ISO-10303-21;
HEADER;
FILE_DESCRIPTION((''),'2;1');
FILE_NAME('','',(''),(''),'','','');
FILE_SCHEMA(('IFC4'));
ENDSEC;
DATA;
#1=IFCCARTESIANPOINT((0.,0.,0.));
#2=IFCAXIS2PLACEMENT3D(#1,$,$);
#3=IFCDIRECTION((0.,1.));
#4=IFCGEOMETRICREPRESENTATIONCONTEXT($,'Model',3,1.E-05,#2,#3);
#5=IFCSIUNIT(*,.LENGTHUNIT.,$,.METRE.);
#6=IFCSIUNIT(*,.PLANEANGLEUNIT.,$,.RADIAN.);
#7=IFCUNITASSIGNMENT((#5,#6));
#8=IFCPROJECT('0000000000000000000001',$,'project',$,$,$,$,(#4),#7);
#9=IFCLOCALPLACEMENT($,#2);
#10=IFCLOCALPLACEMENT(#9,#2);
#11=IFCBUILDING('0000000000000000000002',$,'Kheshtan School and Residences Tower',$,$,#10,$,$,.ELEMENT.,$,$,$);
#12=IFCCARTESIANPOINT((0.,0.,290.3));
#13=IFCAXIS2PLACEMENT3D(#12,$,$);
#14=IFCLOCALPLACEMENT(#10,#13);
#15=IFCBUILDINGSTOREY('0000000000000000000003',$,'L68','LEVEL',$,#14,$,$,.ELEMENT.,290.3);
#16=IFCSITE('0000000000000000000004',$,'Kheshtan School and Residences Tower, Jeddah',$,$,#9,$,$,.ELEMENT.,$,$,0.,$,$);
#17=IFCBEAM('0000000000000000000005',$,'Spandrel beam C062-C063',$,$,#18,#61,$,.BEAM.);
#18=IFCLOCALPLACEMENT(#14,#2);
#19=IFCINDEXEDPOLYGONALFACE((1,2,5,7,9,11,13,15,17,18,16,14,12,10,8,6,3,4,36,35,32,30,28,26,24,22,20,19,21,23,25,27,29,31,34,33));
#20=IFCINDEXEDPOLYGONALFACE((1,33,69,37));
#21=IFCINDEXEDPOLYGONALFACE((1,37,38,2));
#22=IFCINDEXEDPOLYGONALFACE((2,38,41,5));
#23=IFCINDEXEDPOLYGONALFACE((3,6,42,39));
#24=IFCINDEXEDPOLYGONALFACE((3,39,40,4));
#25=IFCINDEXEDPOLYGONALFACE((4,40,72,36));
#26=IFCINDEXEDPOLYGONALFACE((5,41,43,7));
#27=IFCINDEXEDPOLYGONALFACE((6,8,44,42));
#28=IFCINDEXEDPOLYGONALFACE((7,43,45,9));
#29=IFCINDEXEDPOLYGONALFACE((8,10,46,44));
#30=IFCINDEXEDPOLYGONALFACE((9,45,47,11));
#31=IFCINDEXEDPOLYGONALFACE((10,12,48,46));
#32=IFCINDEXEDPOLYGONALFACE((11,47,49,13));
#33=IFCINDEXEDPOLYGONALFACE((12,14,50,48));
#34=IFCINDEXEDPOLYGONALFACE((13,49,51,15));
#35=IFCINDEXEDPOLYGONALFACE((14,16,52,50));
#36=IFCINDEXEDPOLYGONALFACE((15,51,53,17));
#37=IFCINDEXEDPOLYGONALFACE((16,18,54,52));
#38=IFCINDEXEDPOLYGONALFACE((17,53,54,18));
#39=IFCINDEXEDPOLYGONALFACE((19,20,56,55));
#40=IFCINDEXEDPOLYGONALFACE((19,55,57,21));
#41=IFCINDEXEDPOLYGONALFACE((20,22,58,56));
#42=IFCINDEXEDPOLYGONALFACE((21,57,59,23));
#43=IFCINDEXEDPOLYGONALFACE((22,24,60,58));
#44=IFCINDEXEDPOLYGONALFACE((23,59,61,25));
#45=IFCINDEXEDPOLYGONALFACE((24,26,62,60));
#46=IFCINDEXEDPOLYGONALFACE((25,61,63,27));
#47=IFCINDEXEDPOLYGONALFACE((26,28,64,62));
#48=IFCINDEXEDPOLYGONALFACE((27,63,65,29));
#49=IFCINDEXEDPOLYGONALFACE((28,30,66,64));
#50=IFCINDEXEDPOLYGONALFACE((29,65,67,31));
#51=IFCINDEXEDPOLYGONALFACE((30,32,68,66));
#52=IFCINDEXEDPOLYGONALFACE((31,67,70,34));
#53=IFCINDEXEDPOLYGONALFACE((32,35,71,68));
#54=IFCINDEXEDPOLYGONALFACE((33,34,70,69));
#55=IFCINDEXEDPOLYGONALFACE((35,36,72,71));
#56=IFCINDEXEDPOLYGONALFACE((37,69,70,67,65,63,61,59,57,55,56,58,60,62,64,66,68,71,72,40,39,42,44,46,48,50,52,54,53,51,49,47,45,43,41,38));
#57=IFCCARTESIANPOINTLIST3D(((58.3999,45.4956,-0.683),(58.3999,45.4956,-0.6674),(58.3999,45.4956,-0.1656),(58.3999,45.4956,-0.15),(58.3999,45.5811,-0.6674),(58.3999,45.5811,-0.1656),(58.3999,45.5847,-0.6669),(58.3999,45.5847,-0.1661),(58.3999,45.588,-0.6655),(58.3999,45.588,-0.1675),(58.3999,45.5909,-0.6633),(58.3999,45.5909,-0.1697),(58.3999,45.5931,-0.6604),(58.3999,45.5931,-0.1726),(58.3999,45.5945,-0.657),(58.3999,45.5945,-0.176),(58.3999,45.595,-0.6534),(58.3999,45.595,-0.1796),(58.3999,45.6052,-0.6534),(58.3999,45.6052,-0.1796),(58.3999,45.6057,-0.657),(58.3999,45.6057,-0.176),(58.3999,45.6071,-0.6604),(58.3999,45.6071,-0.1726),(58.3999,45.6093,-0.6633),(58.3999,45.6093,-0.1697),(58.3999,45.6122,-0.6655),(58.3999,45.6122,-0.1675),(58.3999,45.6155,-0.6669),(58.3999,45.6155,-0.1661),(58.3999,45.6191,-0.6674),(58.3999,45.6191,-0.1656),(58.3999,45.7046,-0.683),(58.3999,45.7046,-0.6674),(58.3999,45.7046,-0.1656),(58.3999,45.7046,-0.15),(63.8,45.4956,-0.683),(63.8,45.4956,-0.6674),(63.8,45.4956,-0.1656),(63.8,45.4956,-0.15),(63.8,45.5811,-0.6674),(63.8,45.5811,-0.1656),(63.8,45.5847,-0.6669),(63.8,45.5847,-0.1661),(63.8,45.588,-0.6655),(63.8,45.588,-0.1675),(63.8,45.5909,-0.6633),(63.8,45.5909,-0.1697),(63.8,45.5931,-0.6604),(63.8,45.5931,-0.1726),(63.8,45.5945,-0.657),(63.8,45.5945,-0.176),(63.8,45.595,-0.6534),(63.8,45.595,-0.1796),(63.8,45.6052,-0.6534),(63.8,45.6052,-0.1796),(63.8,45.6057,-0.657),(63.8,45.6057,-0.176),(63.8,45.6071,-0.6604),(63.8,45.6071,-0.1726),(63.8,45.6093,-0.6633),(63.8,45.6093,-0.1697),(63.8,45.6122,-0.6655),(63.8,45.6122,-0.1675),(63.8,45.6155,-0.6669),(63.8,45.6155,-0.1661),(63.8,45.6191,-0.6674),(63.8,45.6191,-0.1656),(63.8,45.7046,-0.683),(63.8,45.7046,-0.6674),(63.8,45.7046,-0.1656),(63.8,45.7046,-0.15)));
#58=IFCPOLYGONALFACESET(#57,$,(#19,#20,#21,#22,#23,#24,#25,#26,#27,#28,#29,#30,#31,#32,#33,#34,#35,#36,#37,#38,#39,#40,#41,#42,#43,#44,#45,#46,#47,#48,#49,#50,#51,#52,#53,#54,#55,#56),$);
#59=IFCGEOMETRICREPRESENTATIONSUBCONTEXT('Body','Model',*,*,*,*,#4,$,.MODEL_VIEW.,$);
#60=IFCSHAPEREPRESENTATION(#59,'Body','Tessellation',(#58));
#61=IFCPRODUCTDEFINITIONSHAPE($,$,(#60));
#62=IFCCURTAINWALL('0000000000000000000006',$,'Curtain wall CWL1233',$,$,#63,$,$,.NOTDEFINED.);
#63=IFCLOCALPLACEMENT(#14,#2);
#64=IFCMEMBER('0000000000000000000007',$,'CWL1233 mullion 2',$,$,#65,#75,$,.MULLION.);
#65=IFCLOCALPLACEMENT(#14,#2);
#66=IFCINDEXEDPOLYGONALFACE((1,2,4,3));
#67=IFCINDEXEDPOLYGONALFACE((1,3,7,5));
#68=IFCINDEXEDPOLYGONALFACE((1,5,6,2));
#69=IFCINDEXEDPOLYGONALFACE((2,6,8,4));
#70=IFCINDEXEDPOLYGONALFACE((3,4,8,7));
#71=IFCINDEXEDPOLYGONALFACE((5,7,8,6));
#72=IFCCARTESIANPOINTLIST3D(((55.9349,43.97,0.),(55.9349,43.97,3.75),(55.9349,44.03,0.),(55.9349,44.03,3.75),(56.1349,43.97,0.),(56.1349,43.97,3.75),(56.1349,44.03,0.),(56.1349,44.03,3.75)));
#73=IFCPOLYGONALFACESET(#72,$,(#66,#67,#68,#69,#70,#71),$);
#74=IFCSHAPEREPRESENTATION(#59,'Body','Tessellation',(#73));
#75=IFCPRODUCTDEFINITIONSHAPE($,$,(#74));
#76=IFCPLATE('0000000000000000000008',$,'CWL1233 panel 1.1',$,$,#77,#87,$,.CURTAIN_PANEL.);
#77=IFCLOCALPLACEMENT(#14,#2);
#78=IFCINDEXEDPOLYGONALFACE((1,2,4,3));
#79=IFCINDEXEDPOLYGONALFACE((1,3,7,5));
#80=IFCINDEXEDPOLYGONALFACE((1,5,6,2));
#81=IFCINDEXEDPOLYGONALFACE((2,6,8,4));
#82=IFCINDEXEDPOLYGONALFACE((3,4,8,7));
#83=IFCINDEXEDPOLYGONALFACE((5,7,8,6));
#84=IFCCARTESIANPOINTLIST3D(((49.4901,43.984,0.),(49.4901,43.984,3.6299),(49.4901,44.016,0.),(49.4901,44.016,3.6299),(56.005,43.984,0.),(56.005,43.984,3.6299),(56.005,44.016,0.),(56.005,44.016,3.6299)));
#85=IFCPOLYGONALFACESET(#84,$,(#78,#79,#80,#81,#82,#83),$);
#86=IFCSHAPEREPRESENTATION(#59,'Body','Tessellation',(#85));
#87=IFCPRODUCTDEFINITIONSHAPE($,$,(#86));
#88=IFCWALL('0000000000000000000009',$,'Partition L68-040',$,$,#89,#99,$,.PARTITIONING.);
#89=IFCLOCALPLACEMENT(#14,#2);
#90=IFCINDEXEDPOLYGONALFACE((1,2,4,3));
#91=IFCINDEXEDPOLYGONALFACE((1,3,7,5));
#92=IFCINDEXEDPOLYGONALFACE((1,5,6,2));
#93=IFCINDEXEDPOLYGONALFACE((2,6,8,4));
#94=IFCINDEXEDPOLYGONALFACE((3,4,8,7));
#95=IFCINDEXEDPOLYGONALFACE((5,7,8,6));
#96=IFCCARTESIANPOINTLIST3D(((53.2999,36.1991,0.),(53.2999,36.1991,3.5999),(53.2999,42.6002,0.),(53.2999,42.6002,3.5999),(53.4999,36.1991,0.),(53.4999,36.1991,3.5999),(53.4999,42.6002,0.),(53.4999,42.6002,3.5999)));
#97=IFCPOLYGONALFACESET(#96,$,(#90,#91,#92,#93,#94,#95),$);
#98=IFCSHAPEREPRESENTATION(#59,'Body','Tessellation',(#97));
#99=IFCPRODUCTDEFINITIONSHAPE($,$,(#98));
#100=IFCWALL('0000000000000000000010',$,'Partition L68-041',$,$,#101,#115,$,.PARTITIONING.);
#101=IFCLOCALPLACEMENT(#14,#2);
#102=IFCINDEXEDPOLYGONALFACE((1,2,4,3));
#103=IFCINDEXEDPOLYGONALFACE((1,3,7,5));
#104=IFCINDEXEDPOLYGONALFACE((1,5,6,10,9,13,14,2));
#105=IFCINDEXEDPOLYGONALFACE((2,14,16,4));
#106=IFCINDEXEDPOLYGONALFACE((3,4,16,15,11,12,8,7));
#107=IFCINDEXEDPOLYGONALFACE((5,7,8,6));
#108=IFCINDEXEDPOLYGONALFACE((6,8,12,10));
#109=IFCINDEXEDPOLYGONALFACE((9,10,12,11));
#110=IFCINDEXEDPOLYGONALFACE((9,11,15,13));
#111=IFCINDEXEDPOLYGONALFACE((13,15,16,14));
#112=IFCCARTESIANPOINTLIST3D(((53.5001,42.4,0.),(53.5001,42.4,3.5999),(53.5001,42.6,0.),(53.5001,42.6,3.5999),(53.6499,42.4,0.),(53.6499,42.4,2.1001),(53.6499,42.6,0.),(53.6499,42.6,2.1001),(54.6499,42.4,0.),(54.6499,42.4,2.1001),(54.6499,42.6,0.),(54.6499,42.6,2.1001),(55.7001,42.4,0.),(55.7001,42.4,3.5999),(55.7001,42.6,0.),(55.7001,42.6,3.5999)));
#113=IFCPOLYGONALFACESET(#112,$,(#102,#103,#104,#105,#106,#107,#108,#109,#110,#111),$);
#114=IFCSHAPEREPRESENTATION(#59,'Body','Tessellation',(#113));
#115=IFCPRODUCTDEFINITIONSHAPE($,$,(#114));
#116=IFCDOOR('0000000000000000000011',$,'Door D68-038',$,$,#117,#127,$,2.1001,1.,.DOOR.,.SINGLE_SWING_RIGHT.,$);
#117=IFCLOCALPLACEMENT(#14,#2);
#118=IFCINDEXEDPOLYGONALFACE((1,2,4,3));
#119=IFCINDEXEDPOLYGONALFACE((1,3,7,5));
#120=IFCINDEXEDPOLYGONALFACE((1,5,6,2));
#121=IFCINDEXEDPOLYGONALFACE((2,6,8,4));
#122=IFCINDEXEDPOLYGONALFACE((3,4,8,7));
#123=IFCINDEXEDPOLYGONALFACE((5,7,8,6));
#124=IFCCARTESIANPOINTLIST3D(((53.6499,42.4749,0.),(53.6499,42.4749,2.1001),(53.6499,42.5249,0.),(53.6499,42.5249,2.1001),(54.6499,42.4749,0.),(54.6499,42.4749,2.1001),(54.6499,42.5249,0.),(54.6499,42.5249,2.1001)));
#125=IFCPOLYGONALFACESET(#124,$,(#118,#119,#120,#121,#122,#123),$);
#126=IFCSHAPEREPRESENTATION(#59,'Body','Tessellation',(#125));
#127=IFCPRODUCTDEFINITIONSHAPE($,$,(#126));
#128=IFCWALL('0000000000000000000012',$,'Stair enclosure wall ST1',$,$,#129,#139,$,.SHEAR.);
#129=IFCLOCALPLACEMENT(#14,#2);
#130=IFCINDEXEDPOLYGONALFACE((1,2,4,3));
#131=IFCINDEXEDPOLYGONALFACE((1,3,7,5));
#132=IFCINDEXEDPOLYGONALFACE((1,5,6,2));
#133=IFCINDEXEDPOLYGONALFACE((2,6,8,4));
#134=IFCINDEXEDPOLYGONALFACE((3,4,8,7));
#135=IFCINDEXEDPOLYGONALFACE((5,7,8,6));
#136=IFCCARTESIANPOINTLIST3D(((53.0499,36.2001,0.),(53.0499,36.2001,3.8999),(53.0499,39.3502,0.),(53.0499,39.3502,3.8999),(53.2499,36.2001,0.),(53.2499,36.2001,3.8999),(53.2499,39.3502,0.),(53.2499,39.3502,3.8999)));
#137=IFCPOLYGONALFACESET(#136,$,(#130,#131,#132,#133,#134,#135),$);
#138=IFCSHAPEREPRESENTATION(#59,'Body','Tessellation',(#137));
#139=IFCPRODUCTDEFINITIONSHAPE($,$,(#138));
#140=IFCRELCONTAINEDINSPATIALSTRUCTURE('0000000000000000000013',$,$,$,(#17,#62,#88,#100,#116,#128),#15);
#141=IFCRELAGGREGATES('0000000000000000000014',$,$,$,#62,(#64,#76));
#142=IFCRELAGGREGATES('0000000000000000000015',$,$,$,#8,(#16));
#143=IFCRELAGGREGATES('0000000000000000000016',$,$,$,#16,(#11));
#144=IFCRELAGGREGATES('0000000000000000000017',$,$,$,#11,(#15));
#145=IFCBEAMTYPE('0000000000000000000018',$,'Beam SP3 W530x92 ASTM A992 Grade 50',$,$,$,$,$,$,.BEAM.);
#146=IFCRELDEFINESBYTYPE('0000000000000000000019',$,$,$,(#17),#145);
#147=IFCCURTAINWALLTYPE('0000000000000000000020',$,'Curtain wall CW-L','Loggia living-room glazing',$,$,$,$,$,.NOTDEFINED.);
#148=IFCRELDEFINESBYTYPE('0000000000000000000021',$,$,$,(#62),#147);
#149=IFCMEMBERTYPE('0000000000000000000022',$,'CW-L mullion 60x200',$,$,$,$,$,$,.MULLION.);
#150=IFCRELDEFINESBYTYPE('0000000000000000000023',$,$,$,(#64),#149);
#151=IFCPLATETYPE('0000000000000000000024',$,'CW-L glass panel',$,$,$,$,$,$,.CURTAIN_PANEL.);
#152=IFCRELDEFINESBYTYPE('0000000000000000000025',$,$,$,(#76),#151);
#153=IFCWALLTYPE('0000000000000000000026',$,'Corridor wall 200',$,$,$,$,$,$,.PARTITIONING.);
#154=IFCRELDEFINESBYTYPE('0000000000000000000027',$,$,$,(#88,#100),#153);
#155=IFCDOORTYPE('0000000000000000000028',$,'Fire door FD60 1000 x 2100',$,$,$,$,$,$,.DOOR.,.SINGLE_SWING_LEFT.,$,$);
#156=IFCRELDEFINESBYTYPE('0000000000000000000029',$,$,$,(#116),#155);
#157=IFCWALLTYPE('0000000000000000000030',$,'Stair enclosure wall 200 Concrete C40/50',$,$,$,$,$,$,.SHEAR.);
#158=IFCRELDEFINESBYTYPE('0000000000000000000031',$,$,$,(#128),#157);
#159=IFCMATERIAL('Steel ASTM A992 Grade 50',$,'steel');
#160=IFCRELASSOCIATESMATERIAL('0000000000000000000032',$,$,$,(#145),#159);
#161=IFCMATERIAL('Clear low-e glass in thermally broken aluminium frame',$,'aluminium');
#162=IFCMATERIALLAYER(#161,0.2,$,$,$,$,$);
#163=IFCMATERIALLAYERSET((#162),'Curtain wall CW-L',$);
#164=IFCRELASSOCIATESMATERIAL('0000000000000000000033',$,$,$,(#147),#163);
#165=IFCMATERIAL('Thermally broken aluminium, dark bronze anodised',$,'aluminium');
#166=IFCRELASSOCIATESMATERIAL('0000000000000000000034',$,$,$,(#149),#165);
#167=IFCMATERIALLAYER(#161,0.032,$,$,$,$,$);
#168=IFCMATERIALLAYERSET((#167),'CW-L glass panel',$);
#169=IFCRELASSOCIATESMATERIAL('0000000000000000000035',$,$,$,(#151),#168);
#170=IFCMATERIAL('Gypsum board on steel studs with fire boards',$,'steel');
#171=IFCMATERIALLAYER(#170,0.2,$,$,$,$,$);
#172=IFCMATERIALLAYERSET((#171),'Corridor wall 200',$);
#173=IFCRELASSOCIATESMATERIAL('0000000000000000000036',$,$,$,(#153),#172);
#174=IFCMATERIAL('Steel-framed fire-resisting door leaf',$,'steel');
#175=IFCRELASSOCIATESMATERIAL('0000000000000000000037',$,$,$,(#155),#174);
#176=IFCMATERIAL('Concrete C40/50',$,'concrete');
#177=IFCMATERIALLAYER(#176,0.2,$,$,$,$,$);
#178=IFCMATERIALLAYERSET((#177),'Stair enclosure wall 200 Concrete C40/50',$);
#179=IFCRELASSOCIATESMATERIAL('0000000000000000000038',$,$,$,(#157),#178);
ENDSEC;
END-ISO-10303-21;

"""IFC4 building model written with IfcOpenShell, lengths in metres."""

from ifc_helpers import new_model, si_unit, direction, frame, frame_2d, origin, origin_2d, place, context, subcontext, project, spatial, rectangle, i_section, extrude, source, transform, mapped, material, layer, layer_set, material_profile, profile_set, type_object, element, fill, aggregate, save


model = new_model("IFC4")

# Units and contexts
model_context = context("Model", 3, precision=1e-05, world=origin(), true_north=direction((0.0, 1.0)))
body_context = subcontext(model_context, "Body", "Model", "MODEL_VIEW")
ifc_project = project(units=[si_unit("LENGTHUNIT", "METRE"), si_unit("PLANEANGLEUNIT", "RADIAN")], contexts=[model_context])

# Site, building, storey
site_placement = place(None, origin())
site = spatial("IfcSite", under=ifc_project, at=site_placement, Name="Kheshtan School and Residences Tower, Jeddah", CompositionType="ELEMENT", RefElevation=0.0)
building_placement = place(site_placement, origin())
building = spatial("IfcBuilding", under=site, at=building_placement, Name="Kheshtan School and Residences Tower", CompositionType="ELEMENT")
storey_placement = place(building_placement, frame((0.0, 0.0, 290.3)))
storey = spatial("IfcBuildingStorey", under=building, at=storey_placement, Name="L68", Description="LEVEL", CompositionType="ELEMENT", Elevation=290.3)

# Shared definitions
ifc_material_1 = material(Name="Steel ASTM A992 Grade 50", Category="steel")

# Beam
ifc_material_profile_1 = material_profile(ifc_material_1, i_section(OverallWidth=0.209, OverallDepth=0.533, WebThickness=0.0103, FlangeThickness=0.0156, FilletRadius=0.0139, at=origin_2d()), Name="W530x92")
ifc_profile_set_1 = profile_set([ifc_material_profile_1], Name="Steel ASTM A992 Grade 50")
beam_type_1 = type_object("IfcBeamType", Name="Beam SP3 W530x92 ASTM A992 Grade 50", PredefinedType="BEAM", material=ifc_profile_set_1)
beam_1_placement = place(storey_placement, frame((58.3999, 45.6001, -0.4165), z_axis=(1.0, 0.0, 0.0), x_axis=(0.0, 1.0, 0.0)))
element("IfcBeam", 1, at=beam_1_placement, inside=storey, type_object=beam_type_1, Name="Spandrel beam C062-C063", PredefinedType="BEAM", context=body_context, shape_type="SweptSolid", body=[
    extrude(i_section(OverallWidth=0.209, OverallDepth=0.533, WebThickness=0.0103, FlangeThickness=0.0156, FilletRadius=0.0139, at=origin_2d()), origin(), (0.0, 0.0, 1.0), 5.4001),
])

# Curtain wall, member, plate
ifc_material_2 = material(Name="Clear low-e glass in thermally broken aluminium frame", Category="aluminium")
ifc_layer_1 = layer(ifc_material_2, 0.2)
ifc_layer_set_1 = layer_set([ifc_layer_1], Name="Curtain wall CW-L")
curtain_wall_type = type_object("IfcCurtainWallType", Name="Curtain wall CW-L", Description="Loggia living-room glazing", PredefinedType="NOTDEFINED", material=ifc_layer_set_1)
curtain_wall_placement = place(storey_placement, origin())
curtain_wall = element("IfcCurtainWall", 2, at=curtain_wall_placement, inside=storey, type_object=curtain_wall_type, Name="Curtain wall CWL1233", PredefinedType="NOTDEFINED")
ifc_material_3 = material(Name="Thermally broken aluminium, dark bronze anodised", Category="aluminium")
ifc_material_profile_2 = material_profile(ifc_material_3, rectangle(XDim=0.0601, YDim=0.2, at=origin_2d()), Name="CW-L mullion 60x200")
ifc_profile_set_2 = profile_set([ifc_material_profile_2], Name="Thermally broken aluminium, dark bronze anodised")
member_type = type_object("IfcMemberType", Name="CW-L mullion 60x200", PredefinedType="MULLION", material=ifc_profile_set_2)
member_placement = place(storey_placement, frame((56.0349, 44.0, 0.0), z_axis=(0.0, 0.0, 1.0), x_axis=(0.0, 1.0, 0.0)))
member = element("IfcMember", 3, at=member_placement, type_object=member_type, Name="CWL1233 mullion 2", PredefinedType="MULLION", context=body_context, shape_type="SweptSolid", body=[
    extrude(rectangle(XDim=0.0601, YDim=0.2, at=origin_2d()), origin(), (0.0, 0.0, 1.0), 3.75),
])
ifc_layer_2 = layer(ifc_material_2, 0.032)
ifc_layer_set_2 = layer_set([ifc_layer_2], Name="CW-L glass panel")
plate_type = type_object("IfcPlateType", Name="CW-L glass panel", PredefinedType="CURTAIN_PANEL", material=ifc_layer_set_2)
plate_placement = place(storey_placement, frame((52.7476, 44.0, 0.0), z_axis=(0.0, 0.0, 1.0), x_axis=(1.0, 0.0, 0.0)))
plate = element("IfcPlate", 4, at=plate_placement, type_object=plate_type, Name="CWL1233 panel 1.1", PredefinedType="CURTAIN_PANEL", context=body_context, shape_type="SweptSolid", body=[
    extrude(rectangle(XDim=6.5149, YDim=0.032, at=origin_2d()), origin(), (0.0, 0.0, 1.0), 3.6299),
])
aggregate(curtain_wall, [member, plate])

# Wall
ifc_material_4 = material(Name="Gypsum board on steel studs with fire boards", Category="steel")
ifc_layer_3 = layer(ifc_material_4, 0.2)
ifc_layer_set_3 = layer_set([ifc_layer_3], Name="Corridor wall 200")
wall_type_1 = type_object("IfcWallType", Name="Corridor wall 200", PredefinedType="PARTITIONING", material=ifc_layer_set_3)
wall_1_placement = place(storey_placement, frame((53.3999, 36.199, 0.0), z_axis=(0.0, 0.0, 1.0), x_axis=(0.0, 1.0, 0.0)))
element("IfcWall", 5, at=wall_1_placement, inside=storey, type_object=wall_type_1, Name="Partition L68-040", PredefinedType="PARTITIONING", context=body_context, shape_type="SweptSolid", body=[
    extrude(rectangle(XDim=6.4011, YDim=0.2, at=frame_2d((3.2007, 0.0))), origin(), (0.0, 0.0, 1.0), 3.5999),
])

# Wall, opening, door
wall_2_placement = place(storey_placement, frame((53.5, 42.5, 0.0), z_axis=(0.0, 0.0, 1.0), x_axis=(1.0, 0.0, 0.0)))
wall_2 = element("IfcWall", 6, at=wall_2_placement, inside=storey, type_object=wall_type_1, Name="Partition L68-041", PredefinedType="PARTITIONING", context=body_context, shape_type="SweptSolid", body=[
    extrude(rectangle(XDim=2.2, YDim=0.2, at=frame_2d((1.1001, 0.0))), origin(), (0.0, 0.0, 1.0), 3.5999),
])
opening_1_placement = place(wall_2_placement, frame((0.1499, 0.0, 0.0)))
opening_1 = element("IfcOpeningElement", 7, at=opening_1_placement, cuts=wall_2, PredefinedType="OPENING", context=body_context, shape_type="SweptSolid", body=[
    extrude(rectangle(XDim=1.0, YDim=2.1001, at=frame_2d((0.5, 1.05))), frame((0.0, 0.1099, 0.0), z_axis=(0.0, -1.0, 0.0), x_axis=(1.0, 0.0, 0.0)), (0.0, 0.0, 1.0), 0.22),
])
ifc_material_5 = material(Name="Steel-framed fire-resisting door leaf", Category="steel")
door_type_1 = type_object("IfcDoorType", Name="Fire door FD60 1000 x 2100", OperationType="SINGLE_SWING_LEFT", PredefinedType="DOOR", material=ifc_material_5)
shared_shape_1 = source(origin(), body_context, "Body", "SweptSolid", [
    extrude(rectangle(XDim=1.0, YDim=2.1001, at=frame_2d((0.5, 1.05))), frame((0.0, 0.0249, 0.0), z_axis=(0.0, -1.0, 0.0), x_axis=(1.0, 0.0, 0.0)), (0.0, 0.0, 1.0), 0.05),
])
door_1_placement = place(opening_1_placement, origin())
door_1 = element("IfcDoor", 8, at=door_1_placement, inside=storey, type_object=door_type_1, Name="Door D68-038", OperationType="SINGLE_SWING_RIGHT", OverallHeight=2.1001, OverallWidth=1.0, PredefinedType="DOOR", context=body_context, shape_type="MappedRepresentation", body=[
    mapped(shared_shape_1, transform((0.0, 0.0, 0.0), x_axis=(1.0, 0.0, 0.0), y_axis=(0.0, 1.0, 0.0), z_axis=(0.0, 0.0, 1.0), scale=1.0)),
])
fill(opening_1, door_1)

# Wall
ifc_material_6 = material(Name="Concrete C40/50", Category="concrete")
ifc_layer_4 = layer(ifc_material_6, 0.2)
ifc_layer_set_4 = layer_set([ifc_layer_4], Name="Stair enclosure wall 200 Concrete C40/50")
wall_type_2 = type_object("IfcWallType", Name="Stair enclosure wall 200 Concrete C40/50", PredefinedType="SHEAR", material=ifc_layer_set_4)
wall_3_placement = place(storey_placement, frame((53.1499, 36.2, 0.0), z_axis=(0.0, 0.0, 1.0), x_axis=(0.0, 1.0, 0.0)))
element("IfcWall", 9, at=wall_3_placement, inside=storey, type_object=wall_type_2, Name="Stair enclosure wall ST1", PredefinedType="SHEAR", context=body_context, shape_type="SweptSolid", body=[
    extrude(rectangle(XDim=3.1501, YDim=0.2, at=frame_2d((1.5752, 0.0))), origin(), (0.0, 0.0, 1.0), 3.8999),
])

save(model, "model.ifc")
